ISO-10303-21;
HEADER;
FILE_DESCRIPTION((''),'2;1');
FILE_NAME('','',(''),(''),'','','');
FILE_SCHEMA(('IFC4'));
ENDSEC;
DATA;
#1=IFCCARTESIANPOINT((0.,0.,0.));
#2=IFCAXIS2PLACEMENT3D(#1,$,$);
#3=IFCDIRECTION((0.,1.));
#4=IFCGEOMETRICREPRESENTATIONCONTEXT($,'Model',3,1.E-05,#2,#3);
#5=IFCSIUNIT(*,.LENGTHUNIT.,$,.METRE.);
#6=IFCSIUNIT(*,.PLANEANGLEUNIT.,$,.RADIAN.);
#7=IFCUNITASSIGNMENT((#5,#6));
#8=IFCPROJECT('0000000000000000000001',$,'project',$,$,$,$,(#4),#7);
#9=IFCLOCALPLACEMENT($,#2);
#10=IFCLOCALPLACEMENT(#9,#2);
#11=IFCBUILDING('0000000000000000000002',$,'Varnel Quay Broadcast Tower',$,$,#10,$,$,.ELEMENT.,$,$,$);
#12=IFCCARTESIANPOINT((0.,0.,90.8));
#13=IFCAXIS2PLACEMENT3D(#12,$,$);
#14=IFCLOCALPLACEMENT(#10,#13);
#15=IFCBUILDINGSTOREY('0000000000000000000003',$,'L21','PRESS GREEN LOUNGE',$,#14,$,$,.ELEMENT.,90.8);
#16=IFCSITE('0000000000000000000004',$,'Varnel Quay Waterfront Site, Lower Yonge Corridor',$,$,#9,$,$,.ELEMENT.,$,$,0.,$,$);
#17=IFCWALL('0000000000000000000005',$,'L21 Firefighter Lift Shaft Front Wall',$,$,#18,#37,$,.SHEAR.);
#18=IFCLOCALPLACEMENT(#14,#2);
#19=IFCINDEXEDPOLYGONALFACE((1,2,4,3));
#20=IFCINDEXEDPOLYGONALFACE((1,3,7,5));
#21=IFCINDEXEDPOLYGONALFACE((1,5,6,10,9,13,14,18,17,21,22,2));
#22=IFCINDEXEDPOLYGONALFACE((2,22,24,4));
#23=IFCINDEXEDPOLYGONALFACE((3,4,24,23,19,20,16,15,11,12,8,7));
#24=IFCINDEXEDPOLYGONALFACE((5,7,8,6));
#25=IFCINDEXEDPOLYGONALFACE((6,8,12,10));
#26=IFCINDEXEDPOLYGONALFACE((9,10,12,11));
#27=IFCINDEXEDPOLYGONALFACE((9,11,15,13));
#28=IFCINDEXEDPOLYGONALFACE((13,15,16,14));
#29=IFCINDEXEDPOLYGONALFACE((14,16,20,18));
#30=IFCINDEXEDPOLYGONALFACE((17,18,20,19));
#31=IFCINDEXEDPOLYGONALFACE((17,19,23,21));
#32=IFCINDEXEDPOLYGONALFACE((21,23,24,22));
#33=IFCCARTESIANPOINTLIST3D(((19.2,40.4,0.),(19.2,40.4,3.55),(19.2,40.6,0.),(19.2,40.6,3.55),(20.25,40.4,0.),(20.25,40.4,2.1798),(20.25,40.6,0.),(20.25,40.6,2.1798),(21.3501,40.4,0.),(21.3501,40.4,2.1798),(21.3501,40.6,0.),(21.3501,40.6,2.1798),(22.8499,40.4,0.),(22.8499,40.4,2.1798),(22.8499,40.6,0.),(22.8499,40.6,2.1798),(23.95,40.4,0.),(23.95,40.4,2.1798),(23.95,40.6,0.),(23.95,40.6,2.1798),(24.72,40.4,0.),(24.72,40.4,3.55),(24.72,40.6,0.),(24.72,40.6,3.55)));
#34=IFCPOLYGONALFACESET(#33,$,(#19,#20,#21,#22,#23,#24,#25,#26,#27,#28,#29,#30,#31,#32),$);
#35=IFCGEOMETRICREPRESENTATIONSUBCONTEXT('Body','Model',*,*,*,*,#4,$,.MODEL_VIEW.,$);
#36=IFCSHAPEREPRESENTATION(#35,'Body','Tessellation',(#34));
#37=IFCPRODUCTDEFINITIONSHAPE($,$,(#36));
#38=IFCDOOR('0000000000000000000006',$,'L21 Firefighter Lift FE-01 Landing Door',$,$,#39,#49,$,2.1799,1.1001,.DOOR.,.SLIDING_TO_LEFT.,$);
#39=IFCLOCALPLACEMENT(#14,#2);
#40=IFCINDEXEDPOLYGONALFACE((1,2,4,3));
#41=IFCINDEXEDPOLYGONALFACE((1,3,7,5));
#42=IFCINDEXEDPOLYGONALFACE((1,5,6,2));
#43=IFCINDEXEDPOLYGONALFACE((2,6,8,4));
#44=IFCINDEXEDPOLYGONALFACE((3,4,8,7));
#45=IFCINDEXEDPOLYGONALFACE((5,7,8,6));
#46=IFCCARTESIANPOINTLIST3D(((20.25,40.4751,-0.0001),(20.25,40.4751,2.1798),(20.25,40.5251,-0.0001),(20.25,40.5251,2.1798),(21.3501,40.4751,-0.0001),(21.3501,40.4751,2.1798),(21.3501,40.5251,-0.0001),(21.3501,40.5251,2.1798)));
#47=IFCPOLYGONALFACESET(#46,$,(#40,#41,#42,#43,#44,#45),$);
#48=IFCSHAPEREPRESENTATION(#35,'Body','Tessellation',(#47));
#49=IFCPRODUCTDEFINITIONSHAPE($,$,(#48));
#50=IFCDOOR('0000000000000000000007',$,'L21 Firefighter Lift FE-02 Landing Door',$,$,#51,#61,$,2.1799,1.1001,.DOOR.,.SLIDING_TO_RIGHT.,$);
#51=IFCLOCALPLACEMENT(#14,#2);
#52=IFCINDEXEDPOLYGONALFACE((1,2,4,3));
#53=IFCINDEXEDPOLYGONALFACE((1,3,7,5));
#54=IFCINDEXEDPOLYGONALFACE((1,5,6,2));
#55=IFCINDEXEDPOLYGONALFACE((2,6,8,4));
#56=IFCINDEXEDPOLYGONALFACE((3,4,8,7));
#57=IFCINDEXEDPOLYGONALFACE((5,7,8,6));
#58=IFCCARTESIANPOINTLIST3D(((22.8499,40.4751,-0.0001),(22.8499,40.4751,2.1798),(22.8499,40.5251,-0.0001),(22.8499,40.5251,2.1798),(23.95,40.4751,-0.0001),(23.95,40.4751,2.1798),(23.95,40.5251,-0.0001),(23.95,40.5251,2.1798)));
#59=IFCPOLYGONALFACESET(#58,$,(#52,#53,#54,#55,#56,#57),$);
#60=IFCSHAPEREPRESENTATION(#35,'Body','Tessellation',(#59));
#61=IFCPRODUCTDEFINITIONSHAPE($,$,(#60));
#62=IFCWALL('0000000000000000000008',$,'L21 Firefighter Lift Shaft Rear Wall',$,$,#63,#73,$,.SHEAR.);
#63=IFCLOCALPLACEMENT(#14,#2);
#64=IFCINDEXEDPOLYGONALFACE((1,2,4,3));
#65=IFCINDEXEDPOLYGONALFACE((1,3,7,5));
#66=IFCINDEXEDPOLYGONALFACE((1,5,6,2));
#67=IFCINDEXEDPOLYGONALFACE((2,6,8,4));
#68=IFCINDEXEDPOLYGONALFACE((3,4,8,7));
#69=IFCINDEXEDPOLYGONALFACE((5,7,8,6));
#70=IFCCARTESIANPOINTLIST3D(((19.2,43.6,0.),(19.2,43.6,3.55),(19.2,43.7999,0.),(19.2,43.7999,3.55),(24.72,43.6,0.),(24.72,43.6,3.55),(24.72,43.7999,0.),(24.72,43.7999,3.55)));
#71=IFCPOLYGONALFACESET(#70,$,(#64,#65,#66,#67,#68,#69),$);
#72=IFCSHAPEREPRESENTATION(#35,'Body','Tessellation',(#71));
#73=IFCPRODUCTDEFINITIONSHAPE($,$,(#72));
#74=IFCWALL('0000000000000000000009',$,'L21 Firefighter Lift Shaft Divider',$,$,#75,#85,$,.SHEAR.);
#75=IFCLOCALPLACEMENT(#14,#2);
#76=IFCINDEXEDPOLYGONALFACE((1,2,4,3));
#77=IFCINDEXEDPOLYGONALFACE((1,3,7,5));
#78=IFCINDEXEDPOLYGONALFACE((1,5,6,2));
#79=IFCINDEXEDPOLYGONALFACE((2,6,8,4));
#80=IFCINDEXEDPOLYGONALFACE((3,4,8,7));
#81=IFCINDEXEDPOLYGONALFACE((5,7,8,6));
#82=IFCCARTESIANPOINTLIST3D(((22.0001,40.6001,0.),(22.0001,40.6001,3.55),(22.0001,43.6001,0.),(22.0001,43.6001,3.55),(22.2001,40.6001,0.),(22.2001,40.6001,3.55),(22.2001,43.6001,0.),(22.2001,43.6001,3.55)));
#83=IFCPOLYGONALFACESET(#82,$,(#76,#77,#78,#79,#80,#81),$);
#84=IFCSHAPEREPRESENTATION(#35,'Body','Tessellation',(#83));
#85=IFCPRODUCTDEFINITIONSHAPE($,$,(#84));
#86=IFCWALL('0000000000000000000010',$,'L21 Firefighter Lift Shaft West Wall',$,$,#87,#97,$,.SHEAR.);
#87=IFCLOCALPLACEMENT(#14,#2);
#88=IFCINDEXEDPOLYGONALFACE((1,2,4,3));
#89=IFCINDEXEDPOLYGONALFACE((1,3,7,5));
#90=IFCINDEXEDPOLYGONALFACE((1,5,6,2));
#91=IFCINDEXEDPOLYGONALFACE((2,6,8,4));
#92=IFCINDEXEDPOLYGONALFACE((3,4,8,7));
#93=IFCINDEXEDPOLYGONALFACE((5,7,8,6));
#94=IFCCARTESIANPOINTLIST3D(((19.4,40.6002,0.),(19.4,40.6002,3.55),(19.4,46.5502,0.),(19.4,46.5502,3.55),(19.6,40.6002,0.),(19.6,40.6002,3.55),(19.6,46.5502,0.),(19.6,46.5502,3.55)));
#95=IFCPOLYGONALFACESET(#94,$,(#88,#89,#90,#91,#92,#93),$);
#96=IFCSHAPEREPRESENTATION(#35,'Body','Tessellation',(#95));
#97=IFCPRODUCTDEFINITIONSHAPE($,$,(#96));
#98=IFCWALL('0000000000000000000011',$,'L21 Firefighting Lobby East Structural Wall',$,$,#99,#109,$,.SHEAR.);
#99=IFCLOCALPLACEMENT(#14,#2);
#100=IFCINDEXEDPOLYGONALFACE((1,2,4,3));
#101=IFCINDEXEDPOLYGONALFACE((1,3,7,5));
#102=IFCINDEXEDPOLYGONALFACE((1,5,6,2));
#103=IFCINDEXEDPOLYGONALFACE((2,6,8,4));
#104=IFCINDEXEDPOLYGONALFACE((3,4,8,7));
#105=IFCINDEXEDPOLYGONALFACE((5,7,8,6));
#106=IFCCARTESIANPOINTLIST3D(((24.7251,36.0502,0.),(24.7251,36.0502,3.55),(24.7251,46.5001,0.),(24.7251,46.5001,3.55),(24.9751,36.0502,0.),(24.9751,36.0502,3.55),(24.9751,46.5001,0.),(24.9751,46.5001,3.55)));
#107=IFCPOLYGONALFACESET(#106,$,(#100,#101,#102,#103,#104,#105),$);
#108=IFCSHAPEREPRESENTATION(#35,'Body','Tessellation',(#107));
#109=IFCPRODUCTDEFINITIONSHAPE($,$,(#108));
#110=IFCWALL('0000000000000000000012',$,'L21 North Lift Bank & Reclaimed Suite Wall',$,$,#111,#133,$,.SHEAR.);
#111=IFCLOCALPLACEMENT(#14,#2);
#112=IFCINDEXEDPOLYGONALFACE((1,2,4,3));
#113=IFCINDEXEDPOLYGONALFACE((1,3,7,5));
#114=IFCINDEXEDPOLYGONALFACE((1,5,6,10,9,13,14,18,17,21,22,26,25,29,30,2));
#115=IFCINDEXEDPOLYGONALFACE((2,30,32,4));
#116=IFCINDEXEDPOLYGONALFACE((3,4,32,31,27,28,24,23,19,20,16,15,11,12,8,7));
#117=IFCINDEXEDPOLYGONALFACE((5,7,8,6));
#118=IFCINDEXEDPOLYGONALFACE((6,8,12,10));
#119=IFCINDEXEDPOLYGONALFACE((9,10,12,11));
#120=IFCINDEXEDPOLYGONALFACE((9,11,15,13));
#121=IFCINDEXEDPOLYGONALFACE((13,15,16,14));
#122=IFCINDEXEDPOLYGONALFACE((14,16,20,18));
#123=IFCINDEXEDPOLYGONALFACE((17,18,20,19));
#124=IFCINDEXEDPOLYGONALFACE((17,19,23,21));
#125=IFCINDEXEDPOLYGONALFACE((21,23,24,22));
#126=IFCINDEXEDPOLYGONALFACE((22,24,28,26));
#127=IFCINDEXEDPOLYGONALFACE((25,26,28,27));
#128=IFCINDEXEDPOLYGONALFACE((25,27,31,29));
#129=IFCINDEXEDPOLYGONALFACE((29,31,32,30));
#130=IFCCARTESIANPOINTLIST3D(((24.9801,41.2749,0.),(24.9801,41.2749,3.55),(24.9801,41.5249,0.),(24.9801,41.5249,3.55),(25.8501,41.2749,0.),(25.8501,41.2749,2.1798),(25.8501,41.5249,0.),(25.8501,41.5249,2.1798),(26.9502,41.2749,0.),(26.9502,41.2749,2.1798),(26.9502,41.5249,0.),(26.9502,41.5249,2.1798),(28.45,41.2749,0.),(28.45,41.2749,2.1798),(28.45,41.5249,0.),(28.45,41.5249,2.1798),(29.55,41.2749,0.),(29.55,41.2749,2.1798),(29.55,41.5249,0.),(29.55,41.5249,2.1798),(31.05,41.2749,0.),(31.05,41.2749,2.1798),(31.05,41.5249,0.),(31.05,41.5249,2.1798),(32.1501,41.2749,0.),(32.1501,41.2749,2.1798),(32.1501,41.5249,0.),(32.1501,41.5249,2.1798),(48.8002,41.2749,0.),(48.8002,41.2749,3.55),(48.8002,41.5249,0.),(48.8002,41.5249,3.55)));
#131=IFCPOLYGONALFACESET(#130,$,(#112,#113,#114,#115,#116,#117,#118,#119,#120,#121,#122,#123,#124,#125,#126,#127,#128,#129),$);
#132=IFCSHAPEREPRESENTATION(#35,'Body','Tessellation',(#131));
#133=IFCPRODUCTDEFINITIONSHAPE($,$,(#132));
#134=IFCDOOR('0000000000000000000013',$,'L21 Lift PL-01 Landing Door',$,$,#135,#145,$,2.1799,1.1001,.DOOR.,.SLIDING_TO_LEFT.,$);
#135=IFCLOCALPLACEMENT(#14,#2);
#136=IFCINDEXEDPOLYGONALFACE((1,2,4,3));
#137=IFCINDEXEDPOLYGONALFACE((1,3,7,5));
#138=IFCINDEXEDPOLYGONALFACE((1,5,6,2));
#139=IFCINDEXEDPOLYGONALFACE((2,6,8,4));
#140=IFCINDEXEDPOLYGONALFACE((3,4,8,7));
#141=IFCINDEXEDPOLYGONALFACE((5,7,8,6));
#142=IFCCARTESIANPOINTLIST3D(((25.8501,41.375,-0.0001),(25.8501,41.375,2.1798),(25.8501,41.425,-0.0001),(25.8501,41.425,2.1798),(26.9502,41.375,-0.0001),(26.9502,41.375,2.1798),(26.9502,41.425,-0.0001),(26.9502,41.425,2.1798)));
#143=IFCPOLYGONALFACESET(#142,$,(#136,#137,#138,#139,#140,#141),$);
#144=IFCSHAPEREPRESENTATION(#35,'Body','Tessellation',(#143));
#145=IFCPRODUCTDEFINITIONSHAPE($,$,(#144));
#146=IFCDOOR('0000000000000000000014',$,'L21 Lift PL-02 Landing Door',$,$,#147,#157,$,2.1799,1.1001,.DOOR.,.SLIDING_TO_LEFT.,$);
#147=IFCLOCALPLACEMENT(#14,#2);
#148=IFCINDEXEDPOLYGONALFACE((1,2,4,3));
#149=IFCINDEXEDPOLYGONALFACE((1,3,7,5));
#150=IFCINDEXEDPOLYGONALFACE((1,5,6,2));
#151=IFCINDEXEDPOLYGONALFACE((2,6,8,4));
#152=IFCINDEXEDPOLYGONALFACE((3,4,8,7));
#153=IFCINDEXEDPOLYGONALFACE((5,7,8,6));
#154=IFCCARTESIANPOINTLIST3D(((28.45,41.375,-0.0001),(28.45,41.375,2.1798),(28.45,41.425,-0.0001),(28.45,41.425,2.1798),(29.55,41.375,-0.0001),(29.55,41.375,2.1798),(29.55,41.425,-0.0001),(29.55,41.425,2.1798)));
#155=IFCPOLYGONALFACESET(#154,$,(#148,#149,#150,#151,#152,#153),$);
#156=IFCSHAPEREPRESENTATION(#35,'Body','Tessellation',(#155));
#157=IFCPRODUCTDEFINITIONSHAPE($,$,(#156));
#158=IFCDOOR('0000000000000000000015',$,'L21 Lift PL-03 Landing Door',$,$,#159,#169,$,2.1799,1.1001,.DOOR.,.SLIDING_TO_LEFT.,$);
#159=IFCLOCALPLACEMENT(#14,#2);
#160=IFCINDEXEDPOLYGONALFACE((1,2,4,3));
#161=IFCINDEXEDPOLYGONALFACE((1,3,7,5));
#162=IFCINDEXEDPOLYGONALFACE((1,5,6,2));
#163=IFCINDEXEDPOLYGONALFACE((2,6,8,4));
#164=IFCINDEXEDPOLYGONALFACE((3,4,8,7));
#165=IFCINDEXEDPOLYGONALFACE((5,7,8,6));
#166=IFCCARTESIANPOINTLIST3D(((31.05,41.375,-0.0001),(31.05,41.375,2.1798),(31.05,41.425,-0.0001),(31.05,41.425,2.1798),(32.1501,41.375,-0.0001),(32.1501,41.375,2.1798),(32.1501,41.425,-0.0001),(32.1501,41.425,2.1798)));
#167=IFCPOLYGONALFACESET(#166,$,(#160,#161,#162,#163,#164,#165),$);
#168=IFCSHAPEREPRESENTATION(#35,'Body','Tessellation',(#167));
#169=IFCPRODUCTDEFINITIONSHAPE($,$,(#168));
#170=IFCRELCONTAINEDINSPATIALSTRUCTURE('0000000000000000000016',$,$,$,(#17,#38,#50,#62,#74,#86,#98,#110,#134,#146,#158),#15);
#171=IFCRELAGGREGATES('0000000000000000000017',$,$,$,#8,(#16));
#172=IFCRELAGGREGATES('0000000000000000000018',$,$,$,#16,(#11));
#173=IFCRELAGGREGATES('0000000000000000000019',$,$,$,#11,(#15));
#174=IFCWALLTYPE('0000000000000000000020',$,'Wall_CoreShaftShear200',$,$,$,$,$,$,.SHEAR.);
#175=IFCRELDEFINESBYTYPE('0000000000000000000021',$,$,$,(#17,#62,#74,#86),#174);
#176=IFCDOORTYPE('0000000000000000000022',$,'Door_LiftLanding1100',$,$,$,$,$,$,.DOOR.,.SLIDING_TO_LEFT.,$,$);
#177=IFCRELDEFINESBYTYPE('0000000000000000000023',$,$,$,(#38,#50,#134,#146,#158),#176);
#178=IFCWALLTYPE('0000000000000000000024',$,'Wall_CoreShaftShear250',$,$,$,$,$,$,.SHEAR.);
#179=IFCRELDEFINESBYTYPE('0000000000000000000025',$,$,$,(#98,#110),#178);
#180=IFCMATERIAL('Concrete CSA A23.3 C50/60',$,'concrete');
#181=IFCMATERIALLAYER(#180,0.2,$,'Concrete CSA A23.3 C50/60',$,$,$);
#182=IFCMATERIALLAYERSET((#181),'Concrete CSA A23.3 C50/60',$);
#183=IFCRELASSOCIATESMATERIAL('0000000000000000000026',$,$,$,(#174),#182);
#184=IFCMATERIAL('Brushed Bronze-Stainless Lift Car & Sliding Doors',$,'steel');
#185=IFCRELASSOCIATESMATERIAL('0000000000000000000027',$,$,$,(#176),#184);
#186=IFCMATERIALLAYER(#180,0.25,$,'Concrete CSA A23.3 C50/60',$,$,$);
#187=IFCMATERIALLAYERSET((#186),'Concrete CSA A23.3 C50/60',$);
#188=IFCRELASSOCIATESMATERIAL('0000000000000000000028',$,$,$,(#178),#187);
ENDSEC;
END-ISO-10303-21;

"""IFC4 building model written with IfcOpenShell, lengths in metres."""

from ifc_helpers import new_model, si_unit, direction, frame, frame_2d, origin, place, context, subcontext, project, spatial, rectangle, extrude, source, transform, mapped, material, layer, layer_set, type_object, type_shapes, element, fill, save


model = new_model("IFC4")

# Units and contexts
model_context = context("Model", 3, precision=1e-05, world=origin(), true_north=direction((0.0, 1.0)))
body_context = subcontext(model_context, "Body", "Model", "MODEL_VIEW")
ifc_project = project(units=[si_unit("LENGTHUNIT", "METRE"), si_unit("PLANEANGLEUNIT", "RADIAN")], contexts=[model_context])

# Site, building, storey
site_placement = place(None, origin())
site = spatial("IfcSite", under=ifc_project, at=site_placement, Name="Varnel Quay Waterfront Site, Lower Yonge Corridor", CompositionType="ELEMENT", RefElevation=0.0)
building_placement = place(site_placement, origin())
building = spatial("IfcBuilding", under=site, at=building_placement, Name="Varnel Quay Broadcast Tower", CompositionType="ELEMENT")
storey_placement = place(building_placement, frame((0.0, 0.0, 90.8)))
storey = spatial("IfcBuildingStorey", under=building, at=storey_placement, Name="L21", Description="PRESS GREEN LOUNGE", CompositionType="ELEMENT", Elevation=90.8)

# Shared definitions
ifc_material_1 = material(Name="Concrete CSA A23.3 C50/60", Category="concrete")
ifc_layer_1 = layer(ifc_material_1, 0.2, Name="Concrete CSA A23.3 C50/60")
ifc_layer_set_1 = layer_set([ifc_layer_1], Name="Concrete CSA A23.3 C50/60")
wall_type_1 = type_object("IfcWallType", Name="Wall_CoreShaftShear200", PredefinedType="SHEAR", material=ifc_layer_set_1)

# Wall, openings, doors
wall_1_placement = place(storey_placement, frame((19.2, 40.5, 0.0), z_axis=(0.0, 0.0, 1.0), x_axis=(1.0, 0.0, 0.0)))
wall_1 = element("IfcWall", 1, at=wall_1_placement, inside=storey, type_object=wall_type_1, Name="L21 Firefighter Lift Shaft Front Wall", PredefinedType="SHEAR", context=body_context, shape_type="SweptSolid", body=[
    extrude(rectangle(XDim=5.52, YDim=0.2, at=frame_2d((2.76, 0.0))), origin(), (0.0, 0.0, 1.0), 3.55),
])
opening_1_placement = place(wall_1_placement, frame((1.05, 0.0, 0.0)))
opening_1 = element("IfcOpeningElement", 2, at=opening_1_placement, cuts=wall_1, PredefinedType="OPENING", context=body_context, shape_type="SweptSolid", body=[
    extrude(rectangle(XDim=1.1001, YDim=2.1799, at=frame_2d((0.55, 1.0898))), frame((0.0, 0.1099, 0.0), z_axis=(0.0, -1.0, 0.0), x_axis=(1.0, 0.0, 0.0)), (0.0, 0.0, 1.0), 0.22),
])
opening_2_placement = place(wall_1_placement, frame((3.6499, 0.0, 0.0)))
opening_2 = element("IfcOpeningElement", 3, at=opening_2_placement, cuts=wall_1, PredefinedType="OPENING", context=body_context, shape_type="SweptSolid", body=[
    extrude(rectangle(XDim=1.1001, YDim=2.1799, at=frame_2d((0.55, 1.0898))), frame((0.0, 0.1099, 0.0), z_axis=(0.0, -1.0, 0.0), x_axis=(1.0, 0.0, 0.0)), (0.0, 0.0, 1.0), 0.22),
])
ifc_material_2 = material(Name="Brushed Bronze-Stainless Lift Car & Sliding Doors", Category="steel")
door_type = type_object("IfcDoorType", Name="Door_LiftLanding1100", OperationType="SLIDING_TO_LEFT", PredefinedType="DOOR", material=ifc_material_2)
shared_shape_1 = source(origin(), body_context, "Body", "SweptSolid", [
    extrude(rectangle(XDim=1.1001, YDim=2.1799, at=frame_2d((0.55, 1.0898))), frame((0.0, 0.0249, 0.0), z_axis=(0.0, -1.0, 0.0), x_axis=(1.0, 0.0, 0.0)), (0.0, 0.0, 1.0), 0.05),
])
type_shapes(door_type, [shared_shape_1])
door_1_placement = place(opening_1_placement, frame((1.1001, 0.0, 0.0), z_axis=(0.0, 0.0, 1.0), x_axis=(-1.0, 0.0, 0.0)))
door_1 = element("IfcDoor", 4, at=door_1_placement, inside=storey, type_object=door_type, Name="L21 Firefighter Lift FE-01 Landing Door", OperationType="SLIDING_TO_LEFT", OverallHeight=2.1799, OverallWidth=1.1001, PredefinedType="DOOR", context=body_context, shape_type="MappedRepresentation", body=[
    mapped(shared_shape_1, transform((0.0, 0.0, 0.0), x_axis=(1.0, 0.0, 0.0), y_axis=(0.0, 1.0, 0.0), z_axis=(0.0, 0.0, 1.0), scale=1.0)),
])
fill(opening_1, door_1)
door_2_placement = place(opening_2_placement, frame((1.1001, 0.0, 0.0), z_axis=(0.0, 0.0, 1.0), x_axis=(-1.0, 0.0, 0.0)))
door_2 = element("IfcDoor", 5, at=door_2_placement, inside=storey, type_object=door_type, Name="L21 Firefighter Lift FE-02 Landing Door", OperationType="SLIDING_TO_RIGHT", OverallHeight=2.1799, OverallWidth=1.1001, PredefinedType="DOOR", context=body_context, shape_type="MappedRepresentation", body=[
    mapped(shared_shape_1, transform((0.0, 0.0, 0.0), x_axis=(1.0, 0.0, 0.0), y_axis=(0.0, 1.0, 0.0), z_axis=(0.0, 0.0, 1.0), scale=1.0)),
])
fill(opening_2, door_2)

# Walls
wall_2_placement = place(storey_placement, frame((19.2, 43.7, 0.0), z_axis=(0.0, 0.0, 1.0), x_axis=(1.0, 0.0, 0.0)))
element("IfcWall", 6, at=wall_2_placement, inside=storey, type_object=wall_type_1, Name="L21 Firefighter Lift Shaft Rear Wall", PredefinedType="SHEAR", context=body_context, shape_type="SweptSolid", body=[
    extrude(rectangle(XDim=5.52, YDim=0.2, at=frame_2d((2.76, 0.0))), origin(), (0.0, 0.0, 1.0), 3.55),
])
wall_3_placement = place(storey_placement, frame((22.1001, 40.6001, 0.0), z_axis=(0.0, 0.0, 1.0), x_axis=(0.0, 1.0, 0.0)))
element("IfcWall", 7, at=wall_3_placement, inside=storey, type_object=wall_type_1, Name="L21 Firefighter Lift Shaft Divider", PredefinedType="SHEAR", context=body_context, shape_type="SweptSolid", body=[
    extrude(rectangle(XDim=3.0, YDim=0.2, at=frame_2d((1.5, 0.0))), origin(), (0.0, 0.0, 1.0), 3.55),
])
wall_4_placement = place(storey_placement, frame((19.5, 40.6001, 0.0), z_axis=(0.0, 0.0, 1.0), x_axis=(0.0, 1.0, 0.0)))
element("IfcWall", 8, at=wall_4_placement, inside=storey, type_object=wall_type_1, Name="L21 Firefighter Lift Shaft West Wall", PredefinedType="SHEAR", context=body_context, shape_type="SweptSolid", body=[
    extrude(rectangle(XDim=5.95, YDim=0.2, at=frame_2d((2.9751, 0.0))), origin(), (0.0, 0.0, 1.0), 3.55),
])
ifc_layer_2 = layer(ifc_material_1, 0.25, Name="Concrete CSA A23.3 C50/60")
ifc_layer_set_2 = layer_set([ifc_layer_2], Name="Concrete CSA A23.3 C50/60")
wall_type_2 = type_object("IfcWallType", Name="Wall_CoreShaftShear250", PredefinedType="SHEAR", material=ifc_layer_set_2)
wall_5_placement = place(storey_placement, frame((24.8501, 36.05, 0.0), z_axis=(0.0, 0.0, 1.0), x_axis=(0.0, 1.0, 0.0)))
element("IfcWall", 9, at=wall_5_placement, inside=storey, type_object=wall_type_2, Name="L21 Firefighting Lobby East Structural Wall", PredefinedType="SHEAR", context=body_context, shape_type="SweptSolid", body=[
    extrude(rectangle(XDim=10.45, YDim=0.25, at=frame_2d((5.2251, 0.0))), origin(), (0.0, 0.0, 1.0), 3.55),
])

# Wall, openings, doors
wall_6_placement = place(storey_placement, frame((24.98, 41.3999, 0.0), z_axis=(0.0, 0.0, 1.0), x_axis=(1.0, 0.0, 0.0)))
wall_6 = element("IfcWall", 10, at=wall_6_placement, inside=storey, type_object=wall_type_2, Name="L21 North Lift Bank & Reclaimed Suite Wall", PredefinedType="SHEAR", context=body_context, shape_type="SweptSolid", body=[
    extrude(rectangle(XDim=23.8201, YDim=0.25, at=frame_2d((11.9102, 0.0))), origin(), (0.0, 0.0, 1.0), 3.55),
])
opening_3_placement = place(wall_6_placement, frame((0.8701, 0.0, 0.0)))
opening_3 = element("IfcOpeningElement", 11, at=opening_3_placement, cuts=wall_6, PredefinedType="OPENING", context=body_context, shape_type="SweptSolid", body=[
    extrude(rectangle(XDim=1.1001, YDim=2.1799, at=frame_2d((0.55, 1.0898))), frame((0.0, 0.135, 0.0), z_axis=(0.0, -1.0, 0.0), x_axis=(1.0, 0.0, 0.0)), (0.0, 0.0, 1.0), 0.27),
])
opening_4_placement = place(wall_6_placement, frame((3.47, 0.0, 0.0)))
opening_4 = element("IfcOpeningElement", 12, at=opening_4_placement, cuts=wall_6, PredefinedType="OPENING", context=body_context, shape_type="SweptSolid", body=[
    extrude(rectangle(XDim=1.1001, YDim=2.1799, at=frame_2d((0.55, 1.0898))), frame((0.0, 0.135, 0.0), z_axis=(0.0, -1.0, 0.0), x_axis=(1.0, 0.0, 0.0)), (0.0, 0.0, 1.0), 0.27),
])
opening_5_placement = place(wall_6_placement, frame((6.0701, 0.0, 0.0)))
opening_5 = element("IfcOpeningElement", 13, at=opening_5_placement, cuts=wall_6, PredefinedType="OPENING", context=body_context, shape_type="SweptSolid", body=[
    extrude(rectangle(XDim=1.1001, YDim=2.1799, at=frame_2d((0.55, 1.0898))), frame((0.0, 0.135, 0.0), z_axis=(0.0, -1.0, 0.0), x_axis=(1.0, 0.0, 0.0)), (0.0, 0.0, 1.0), 0.27),
])
door_3_placement = place(opening_3_placement, frame((1.1001, 0.0, 0.0), z_axis=(0.0, 0.0, 1.0), x_axis=(-1.0, 0.0, 0.0)))
door_3 = element("IfcDoor", 14, at=door_3_placement, inside=storey, type_object=door_type, Name="L21 Lift PL-01 Landing Door", OperationType="SLIDING_TO_LEFT", OverallHeight=2.1799, OverallWidth=1.1001, PredefinedType="DOOR", context=body_context, shape_type="MappedRepresentation", body=[
    mapped(shared_shape_1, transform((0.0, 0.0, 0.0), x_axis=(1.0, 0.0, 0.0), y_axis=(0.0, 1.0, 0.0), z_axis=(0.0, 0.0, 1.0), scale=1.0)),
])
fill(opening_3, door_3)
door_4_placement = place(opening_4_placement, frame((1.1001, 0.0, 0.0), z_axis=(0.0, 0.0, 1.0), x_axis=(-1.0, 0.0, 0.0)))
door_4 = element("IfcDoor", 15, at=door_4_placement, inside=storey, type_object=door_type, Name="L21 Lift PL-02 Landing Door", OperationType="SLIDING_TO_LEFT", OverallHeight=2.1799, OverallWidth=1.1001, PredefinedType="DOOR", context=body_context, shape_type="MappedRepresentation", body=[
    mapped(shared_shape_1, transform((0.0, 0.0, 0.0), x_axis=(1.0, 0.0, 0.0), y_axis=(0.0, 1.0, 0.0), z_axis=(0.0, 0.0, 1.0), scale=1.0)),
])
fill(opening_4, door_4)
door_5_placement = place(opening_5_placement, frame((1.1001, 0.0, 0.0), z_axis=(0.0, 0.0, 1.0), x_axis=(-1.0, 0.0, 0.0)))
door_5 = element("IfcDoor", 16, at=door_5_placement, inside=storey, type_object=door_type, Name="L21 Lift PL-03 Landing Door", OperationType="SLIDING_TO_LEFT", OverallHeight=2.1799, OverallWidth=1.1001, PredefinedType="DOOR", context=body_context, shape_type="MappedRepresentation", body=[
    mapped(shared_shape_1, transform((0.0, 0.0, 0.0), x_axis=(1.0, 0.0, 0.0), y_axis=(0.0, 1.0, 0.0), z_axis=(0.0, 0.0, 1.0), scale=1.0)),
])
fill(opening_5, door_5)

save(model, "model.ifc")
